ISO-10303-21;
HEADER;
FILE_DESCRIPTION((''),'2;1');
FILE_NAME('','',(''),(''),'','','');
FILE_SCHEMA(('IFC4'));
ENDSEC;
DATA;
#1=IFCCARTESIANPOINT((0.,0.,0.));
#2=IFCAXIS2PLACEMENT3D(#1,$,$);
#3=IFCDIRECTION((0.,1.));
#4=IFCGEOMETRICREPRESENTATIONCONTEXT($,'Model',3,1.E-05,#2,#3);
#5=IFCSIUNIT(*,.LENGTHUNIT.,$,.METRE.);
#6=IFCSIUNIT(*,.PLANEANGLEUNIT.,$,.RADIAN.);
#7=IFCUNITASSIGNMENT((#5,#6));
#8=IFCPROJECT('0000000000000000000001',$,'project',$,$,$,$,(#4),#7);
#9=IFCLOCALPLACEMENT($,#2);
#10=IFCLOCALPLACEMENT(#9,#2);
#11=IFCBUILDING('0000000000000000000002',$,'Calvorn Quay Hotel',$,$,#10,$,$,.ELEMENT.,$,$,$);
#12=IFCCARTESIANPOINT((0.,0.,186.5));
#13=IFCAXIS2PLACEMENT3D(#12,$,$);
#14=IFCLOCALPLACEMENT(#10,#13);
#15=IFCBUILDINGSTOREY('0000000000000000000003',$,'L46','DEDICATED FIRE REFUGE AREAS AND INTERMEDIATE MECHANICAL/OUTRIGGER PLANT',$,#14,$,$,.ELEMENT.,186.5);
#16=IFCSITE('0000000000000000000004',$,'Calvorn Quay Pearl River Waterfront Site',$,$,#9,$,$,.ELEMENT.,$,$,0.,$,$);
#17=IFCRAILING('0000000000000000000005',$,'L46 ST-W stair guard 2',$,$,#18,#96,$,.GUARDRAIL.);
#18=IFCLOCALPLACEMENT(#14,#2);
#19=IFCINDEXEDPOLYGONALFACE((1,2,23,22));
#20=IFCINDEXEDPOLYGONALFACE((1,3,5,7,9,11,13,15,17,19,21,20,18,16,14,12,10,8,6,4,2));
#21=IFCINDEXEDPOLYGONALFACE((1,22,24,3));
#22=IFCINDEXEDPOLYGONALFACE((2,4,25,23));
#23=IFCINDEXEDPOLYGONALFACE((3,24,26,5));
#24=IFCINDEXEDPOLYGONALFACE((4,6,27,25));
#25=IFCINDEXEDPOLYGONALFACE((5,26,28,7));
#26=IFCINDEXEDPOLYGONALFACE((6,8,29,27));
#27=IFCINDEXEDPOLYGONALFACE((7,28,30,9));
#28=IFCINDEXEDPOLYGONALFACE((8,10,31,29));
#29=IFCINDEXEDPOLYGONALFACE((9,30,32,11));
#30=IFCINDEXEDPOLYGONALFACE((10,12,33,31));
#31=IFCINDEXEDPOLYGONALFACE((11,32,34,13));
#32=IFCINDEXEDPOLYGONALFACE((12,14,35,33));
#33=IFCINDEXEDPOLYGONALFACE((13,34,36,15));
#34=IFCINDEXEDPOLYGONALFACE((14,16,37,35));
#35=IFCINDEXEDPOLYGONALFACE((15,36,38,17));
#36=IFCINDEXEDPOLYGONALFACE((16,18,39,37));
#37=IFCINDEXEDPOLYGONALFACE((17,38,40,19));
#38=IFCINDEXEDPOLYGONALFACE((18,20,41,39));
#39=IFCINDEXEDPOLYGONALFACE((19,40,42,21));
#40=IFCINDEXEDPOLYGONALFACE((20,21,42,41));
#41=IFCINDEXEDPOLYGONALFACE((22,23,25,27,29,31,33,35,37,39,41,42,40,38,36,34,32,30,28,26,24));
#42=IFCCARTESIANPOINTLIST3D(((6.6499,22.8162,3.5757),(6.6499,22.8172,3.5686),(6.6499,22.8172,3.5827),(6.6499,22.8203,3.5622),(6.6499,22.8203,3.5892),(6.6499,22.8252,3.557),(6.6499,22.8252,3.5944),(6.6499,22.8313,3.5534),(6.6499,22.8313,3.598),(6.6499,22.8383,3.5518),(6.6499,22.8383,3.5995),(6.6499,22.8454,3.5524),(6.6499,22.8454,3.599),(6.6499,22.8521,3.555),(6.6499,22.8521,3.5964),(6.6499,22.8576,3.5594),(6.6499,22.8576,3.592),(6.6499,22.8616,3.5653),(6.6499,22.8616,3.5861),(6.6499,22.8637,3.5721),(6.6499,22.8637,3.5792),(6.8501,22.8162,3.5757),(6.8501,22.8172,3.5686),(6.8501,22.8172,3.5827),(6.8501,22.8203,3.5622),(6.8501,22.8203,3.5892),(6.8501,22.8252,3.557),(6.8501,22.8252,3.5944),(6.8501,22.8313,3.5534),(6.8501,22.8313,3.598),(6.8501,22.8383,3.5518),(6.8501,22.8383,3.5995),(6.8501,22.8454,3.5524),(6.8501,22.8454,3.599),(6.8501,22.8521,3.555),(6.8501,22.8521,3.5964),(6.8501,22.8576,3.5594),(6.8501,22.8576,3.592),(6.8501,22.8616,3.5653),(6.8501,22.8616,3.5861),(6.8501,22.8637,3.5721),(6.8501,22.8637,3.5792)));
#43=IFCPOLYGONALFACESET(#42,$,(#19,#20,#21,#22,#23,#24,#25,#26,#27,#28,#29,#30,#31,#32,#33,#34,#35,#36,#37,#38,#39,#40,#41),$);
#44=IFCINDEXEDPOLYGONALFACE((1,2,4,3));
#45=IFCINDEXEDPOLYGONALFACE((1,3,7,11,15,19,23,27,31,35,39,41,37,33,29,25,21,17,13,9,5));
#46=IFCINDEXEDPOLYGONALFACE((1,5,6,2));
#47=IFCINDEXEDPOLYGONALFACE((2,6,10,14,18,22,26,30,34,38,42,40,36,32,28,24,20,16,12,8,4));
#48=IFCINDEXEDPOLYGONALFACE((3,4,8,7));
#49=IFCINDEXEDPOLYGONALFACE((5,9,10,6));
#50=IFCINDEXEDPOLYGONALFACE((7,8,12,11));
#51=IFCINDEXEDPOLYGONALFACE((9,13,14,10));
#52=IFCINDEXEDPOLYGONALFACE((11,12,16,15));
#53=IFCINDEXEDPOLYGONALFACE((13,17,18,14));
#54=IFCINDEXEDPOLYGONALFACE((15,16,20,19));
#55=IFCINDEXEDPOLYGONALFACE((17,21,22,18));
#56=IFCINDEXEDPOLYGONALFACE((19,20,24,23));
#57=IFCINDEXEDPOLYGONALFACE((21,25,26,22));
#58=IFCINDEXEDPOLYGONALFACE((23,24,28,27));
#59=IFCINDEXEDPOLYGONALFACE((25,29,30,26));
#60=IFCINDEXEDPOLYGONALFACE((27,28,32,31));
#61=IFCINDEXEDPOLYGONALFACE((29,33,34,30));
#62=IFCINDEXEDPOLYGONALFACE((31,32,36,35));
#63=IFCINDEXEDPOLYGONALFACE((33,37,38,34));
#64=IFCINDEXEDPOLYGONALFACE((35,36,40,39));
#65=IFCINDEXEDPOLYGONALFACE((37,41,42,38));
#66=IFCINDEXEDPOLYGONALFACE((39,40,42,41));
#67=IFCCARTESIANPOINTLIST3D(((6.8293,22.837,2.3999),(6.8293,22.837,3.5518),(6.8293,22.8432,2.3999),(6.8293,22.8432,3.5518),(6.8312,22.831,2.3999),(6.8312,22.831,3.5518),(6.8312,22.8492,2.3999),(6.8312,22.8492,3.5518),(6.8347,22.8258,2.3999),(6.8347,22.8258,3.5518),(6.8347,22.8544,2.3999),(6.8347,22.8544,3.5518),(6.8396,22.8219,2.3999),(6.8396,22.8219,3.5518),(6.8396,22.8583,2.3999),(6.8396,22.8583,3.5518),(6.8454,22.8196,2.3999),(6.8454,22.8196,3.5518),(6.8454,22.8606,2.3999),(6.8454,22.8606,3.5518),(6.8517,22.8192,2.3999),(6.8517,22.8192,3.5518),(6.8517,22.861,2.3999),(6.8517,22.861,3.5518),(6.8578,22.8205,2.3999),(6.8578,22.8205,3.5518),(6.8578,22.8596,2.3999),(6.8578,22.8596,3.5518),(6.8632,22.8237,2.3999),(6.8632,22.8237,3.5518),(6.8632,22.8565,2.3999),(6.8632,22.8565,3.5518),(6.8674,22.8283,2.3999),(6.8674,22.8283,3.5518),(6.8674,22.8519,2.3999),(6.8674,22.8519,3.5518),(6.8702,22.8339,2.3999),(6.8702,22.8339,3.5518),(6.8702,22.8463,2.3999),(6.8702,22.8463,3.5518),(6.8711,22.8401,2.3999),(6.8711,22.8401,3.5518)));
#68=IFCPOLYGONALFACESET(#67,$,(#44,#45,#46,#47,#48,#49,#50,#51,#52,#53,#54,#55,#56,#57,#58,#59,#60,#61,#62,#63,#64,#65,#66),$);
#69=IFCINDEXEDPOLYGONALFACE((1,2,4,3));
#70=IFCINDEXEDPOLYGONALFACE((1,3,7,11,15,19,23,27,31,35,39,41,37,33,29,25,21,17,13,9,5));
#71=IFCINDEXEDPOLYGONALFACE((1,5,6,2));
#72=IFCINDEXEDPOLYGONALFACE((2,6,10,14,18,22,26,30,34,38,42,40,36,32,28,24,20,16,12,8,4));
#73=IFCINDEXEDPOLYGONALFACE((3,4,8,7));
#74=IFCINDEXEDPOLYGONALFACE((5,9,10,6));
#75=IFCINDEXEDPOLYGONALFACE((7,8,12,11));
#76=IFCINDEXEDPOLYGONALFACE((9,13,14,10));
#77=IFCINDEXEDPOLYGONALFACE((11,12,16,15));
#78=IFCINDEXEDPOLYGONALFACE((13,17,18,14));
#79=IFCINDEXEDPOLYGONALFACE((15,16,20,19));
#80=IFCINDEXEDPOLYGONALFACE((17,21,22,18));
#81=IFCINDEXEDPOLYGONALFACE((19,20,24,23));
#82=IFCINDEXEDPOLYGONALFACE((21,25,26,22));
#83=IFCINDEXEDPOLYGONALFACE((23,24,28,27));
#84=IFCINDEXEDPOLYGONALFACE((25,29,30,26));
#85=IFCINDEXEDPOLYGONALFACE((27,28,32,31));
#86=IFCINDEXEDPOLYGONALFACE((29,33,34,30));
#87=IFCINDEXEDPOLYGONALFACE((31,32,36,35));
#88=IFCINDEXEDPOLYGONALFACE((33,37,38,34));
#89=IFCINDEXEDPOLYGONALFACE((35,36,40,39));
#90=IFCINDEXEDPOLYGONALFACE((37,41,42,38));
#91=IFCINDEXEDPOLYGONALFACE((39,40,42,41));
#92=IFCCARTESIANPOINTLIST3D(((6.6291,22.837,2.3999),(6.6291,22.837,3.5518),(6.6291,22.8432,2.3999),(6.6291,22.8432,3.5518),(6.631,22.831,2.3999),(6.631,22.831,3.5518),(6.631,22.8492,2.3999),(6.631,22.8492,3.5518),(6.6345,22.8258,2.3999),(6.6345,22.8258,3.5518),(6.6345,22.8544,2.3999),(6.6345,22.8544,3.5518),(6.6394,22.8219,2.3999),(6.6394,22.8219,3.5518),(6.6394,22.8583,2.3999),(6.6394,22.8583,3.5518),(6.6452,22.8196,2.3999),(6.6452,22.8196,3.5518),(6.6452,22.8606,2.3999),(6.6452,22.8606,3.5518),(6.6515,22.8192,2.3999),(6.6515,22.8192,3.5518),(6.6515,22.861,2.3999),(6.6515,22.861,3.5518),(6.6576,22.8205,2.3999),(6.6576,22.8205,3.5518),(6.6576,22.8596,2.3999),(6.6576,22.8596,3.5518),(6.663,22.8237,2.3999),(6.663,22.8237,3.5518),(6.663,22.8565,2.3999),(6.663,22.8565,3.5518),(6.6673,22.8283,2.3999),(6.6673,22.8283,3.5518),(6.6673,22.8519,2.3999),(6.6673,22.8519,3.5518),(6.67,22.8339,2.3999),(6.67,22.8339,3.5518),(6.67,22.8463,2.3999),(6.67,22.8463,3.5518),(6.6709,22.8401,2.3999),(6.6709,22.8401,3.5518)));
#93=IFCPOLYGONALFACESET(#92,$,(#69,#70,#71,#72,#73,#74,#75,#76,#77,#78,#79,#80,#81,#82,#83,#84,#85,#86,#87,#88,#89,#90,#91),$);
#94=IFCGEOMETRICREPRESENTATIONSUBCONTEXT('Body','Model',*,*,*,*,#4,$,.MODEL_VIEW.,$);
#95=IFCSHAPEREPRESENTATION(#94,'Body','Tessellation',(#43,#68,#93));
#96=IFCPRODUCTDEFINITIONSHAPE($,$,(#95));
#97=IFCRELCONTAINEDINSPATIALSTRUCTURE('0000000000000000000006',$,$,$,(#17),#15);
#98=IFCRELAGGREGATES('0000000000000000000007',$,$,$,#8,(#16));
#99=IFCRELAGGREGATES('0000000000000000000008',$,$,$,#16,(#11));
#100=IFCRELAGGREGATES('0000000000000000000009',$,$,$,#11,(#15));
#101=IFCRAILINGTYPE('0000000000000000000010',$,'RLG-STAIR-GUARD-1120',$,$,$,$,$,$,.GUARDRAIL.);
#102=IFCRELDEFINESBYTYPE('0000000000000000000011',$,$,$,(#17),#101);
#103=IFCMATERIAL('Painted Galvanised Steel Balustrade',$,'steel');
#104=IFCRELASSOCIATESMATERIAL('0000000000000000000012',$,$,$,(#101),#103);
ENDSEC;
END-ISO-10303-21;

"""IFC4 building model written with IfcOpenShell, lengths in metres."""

from ifc_helpers import new_model, si_unit, direction, frame, origin, origin_2d, place, context, subcontext, project, spatial, circle, extrude, material, type_object, element, save


model = new_model("IFC4")

# Units and contexts
model_context = context("Model", 3, precision=1e-05, world=origin(), true_north=direction((0.0, 1.0)))
body_context = subcontext(model_context, "Body", "Model", "MODEL_VIEW")
ifc_project = project(units=[si_unit("LENGTHUNIT", "METRE"), si_unit("PLANEANGLEUNIT", "RADIAN")], contexts=[model_context])

# Site, building, storey
site_placement = place(None, origin())
site = spatial("IfcSite", under=ifc_project, at=site_placement, Name="Calvorn Quay Pearl River Waterfront Site", CompositionType="ELEMENT", RefElevation=0.0)
building_placement = place(site_placement, origin())
building = spatial("IfcBuilding", under=site, at=building_placement, Name="Calvorn Quay Hotel", CompositionType="ELEMENT")
storey_placement = place(building_placement, frame((0.0, 0.0, 186.5)))
storey = spatial("IfcBuildingStorey", under=building, at=storey_placement, Name="L46", Description="DEDICATED FIRE REFUGE AREAS AND INTERMEDIATE MECHANICAL/OUTRIGGER PLANT", CompositionType="ELEMENT", Elevation=186.5)

# Railing
ifc_material_1 = material(Name="Painted Galvanised Steel Balustrade", Category="steel")
railing_type_1 = type_object("IfcRailingType", Name="RLG-STAIR-GUARD-1120", PredefinedType="GUARDRAIL", material=ifc_material_1)
railing_1_placement = place(storey_placement, frame((6.8501, 22.8401, 2.3999)))
element("IfcRailing", 1, at=railing_1_placement, inside=storey, type_object=railing_type_1, Name="L46 ST-W stair guard 2", PredefinedType="GUARDRAIL", context=body_context, shape_type="SweptSolid", body=[
    extrude(circle(Radius=0.0239, at=origin_2d()), frame((0.0, 0.0, 1.1758), z_axis=(-1.0, 0.0, 0.0), x_axis=(0.0, -1.0, 0.0)), (0.0, 0.0, 1.0), 0.2002),
    extrude(circle(Radius=0.021, at=origin_2d()), origin(), (0.0, 0.0, 1.0), 1.1519),
    extrude(circle(Radius=0.021, at=origin_2d()), frame((-0.2002, 0.0, 0.0)), (0.0, 0.0, 1.0), 1.1519),
])

save(model, "model.ifc")
